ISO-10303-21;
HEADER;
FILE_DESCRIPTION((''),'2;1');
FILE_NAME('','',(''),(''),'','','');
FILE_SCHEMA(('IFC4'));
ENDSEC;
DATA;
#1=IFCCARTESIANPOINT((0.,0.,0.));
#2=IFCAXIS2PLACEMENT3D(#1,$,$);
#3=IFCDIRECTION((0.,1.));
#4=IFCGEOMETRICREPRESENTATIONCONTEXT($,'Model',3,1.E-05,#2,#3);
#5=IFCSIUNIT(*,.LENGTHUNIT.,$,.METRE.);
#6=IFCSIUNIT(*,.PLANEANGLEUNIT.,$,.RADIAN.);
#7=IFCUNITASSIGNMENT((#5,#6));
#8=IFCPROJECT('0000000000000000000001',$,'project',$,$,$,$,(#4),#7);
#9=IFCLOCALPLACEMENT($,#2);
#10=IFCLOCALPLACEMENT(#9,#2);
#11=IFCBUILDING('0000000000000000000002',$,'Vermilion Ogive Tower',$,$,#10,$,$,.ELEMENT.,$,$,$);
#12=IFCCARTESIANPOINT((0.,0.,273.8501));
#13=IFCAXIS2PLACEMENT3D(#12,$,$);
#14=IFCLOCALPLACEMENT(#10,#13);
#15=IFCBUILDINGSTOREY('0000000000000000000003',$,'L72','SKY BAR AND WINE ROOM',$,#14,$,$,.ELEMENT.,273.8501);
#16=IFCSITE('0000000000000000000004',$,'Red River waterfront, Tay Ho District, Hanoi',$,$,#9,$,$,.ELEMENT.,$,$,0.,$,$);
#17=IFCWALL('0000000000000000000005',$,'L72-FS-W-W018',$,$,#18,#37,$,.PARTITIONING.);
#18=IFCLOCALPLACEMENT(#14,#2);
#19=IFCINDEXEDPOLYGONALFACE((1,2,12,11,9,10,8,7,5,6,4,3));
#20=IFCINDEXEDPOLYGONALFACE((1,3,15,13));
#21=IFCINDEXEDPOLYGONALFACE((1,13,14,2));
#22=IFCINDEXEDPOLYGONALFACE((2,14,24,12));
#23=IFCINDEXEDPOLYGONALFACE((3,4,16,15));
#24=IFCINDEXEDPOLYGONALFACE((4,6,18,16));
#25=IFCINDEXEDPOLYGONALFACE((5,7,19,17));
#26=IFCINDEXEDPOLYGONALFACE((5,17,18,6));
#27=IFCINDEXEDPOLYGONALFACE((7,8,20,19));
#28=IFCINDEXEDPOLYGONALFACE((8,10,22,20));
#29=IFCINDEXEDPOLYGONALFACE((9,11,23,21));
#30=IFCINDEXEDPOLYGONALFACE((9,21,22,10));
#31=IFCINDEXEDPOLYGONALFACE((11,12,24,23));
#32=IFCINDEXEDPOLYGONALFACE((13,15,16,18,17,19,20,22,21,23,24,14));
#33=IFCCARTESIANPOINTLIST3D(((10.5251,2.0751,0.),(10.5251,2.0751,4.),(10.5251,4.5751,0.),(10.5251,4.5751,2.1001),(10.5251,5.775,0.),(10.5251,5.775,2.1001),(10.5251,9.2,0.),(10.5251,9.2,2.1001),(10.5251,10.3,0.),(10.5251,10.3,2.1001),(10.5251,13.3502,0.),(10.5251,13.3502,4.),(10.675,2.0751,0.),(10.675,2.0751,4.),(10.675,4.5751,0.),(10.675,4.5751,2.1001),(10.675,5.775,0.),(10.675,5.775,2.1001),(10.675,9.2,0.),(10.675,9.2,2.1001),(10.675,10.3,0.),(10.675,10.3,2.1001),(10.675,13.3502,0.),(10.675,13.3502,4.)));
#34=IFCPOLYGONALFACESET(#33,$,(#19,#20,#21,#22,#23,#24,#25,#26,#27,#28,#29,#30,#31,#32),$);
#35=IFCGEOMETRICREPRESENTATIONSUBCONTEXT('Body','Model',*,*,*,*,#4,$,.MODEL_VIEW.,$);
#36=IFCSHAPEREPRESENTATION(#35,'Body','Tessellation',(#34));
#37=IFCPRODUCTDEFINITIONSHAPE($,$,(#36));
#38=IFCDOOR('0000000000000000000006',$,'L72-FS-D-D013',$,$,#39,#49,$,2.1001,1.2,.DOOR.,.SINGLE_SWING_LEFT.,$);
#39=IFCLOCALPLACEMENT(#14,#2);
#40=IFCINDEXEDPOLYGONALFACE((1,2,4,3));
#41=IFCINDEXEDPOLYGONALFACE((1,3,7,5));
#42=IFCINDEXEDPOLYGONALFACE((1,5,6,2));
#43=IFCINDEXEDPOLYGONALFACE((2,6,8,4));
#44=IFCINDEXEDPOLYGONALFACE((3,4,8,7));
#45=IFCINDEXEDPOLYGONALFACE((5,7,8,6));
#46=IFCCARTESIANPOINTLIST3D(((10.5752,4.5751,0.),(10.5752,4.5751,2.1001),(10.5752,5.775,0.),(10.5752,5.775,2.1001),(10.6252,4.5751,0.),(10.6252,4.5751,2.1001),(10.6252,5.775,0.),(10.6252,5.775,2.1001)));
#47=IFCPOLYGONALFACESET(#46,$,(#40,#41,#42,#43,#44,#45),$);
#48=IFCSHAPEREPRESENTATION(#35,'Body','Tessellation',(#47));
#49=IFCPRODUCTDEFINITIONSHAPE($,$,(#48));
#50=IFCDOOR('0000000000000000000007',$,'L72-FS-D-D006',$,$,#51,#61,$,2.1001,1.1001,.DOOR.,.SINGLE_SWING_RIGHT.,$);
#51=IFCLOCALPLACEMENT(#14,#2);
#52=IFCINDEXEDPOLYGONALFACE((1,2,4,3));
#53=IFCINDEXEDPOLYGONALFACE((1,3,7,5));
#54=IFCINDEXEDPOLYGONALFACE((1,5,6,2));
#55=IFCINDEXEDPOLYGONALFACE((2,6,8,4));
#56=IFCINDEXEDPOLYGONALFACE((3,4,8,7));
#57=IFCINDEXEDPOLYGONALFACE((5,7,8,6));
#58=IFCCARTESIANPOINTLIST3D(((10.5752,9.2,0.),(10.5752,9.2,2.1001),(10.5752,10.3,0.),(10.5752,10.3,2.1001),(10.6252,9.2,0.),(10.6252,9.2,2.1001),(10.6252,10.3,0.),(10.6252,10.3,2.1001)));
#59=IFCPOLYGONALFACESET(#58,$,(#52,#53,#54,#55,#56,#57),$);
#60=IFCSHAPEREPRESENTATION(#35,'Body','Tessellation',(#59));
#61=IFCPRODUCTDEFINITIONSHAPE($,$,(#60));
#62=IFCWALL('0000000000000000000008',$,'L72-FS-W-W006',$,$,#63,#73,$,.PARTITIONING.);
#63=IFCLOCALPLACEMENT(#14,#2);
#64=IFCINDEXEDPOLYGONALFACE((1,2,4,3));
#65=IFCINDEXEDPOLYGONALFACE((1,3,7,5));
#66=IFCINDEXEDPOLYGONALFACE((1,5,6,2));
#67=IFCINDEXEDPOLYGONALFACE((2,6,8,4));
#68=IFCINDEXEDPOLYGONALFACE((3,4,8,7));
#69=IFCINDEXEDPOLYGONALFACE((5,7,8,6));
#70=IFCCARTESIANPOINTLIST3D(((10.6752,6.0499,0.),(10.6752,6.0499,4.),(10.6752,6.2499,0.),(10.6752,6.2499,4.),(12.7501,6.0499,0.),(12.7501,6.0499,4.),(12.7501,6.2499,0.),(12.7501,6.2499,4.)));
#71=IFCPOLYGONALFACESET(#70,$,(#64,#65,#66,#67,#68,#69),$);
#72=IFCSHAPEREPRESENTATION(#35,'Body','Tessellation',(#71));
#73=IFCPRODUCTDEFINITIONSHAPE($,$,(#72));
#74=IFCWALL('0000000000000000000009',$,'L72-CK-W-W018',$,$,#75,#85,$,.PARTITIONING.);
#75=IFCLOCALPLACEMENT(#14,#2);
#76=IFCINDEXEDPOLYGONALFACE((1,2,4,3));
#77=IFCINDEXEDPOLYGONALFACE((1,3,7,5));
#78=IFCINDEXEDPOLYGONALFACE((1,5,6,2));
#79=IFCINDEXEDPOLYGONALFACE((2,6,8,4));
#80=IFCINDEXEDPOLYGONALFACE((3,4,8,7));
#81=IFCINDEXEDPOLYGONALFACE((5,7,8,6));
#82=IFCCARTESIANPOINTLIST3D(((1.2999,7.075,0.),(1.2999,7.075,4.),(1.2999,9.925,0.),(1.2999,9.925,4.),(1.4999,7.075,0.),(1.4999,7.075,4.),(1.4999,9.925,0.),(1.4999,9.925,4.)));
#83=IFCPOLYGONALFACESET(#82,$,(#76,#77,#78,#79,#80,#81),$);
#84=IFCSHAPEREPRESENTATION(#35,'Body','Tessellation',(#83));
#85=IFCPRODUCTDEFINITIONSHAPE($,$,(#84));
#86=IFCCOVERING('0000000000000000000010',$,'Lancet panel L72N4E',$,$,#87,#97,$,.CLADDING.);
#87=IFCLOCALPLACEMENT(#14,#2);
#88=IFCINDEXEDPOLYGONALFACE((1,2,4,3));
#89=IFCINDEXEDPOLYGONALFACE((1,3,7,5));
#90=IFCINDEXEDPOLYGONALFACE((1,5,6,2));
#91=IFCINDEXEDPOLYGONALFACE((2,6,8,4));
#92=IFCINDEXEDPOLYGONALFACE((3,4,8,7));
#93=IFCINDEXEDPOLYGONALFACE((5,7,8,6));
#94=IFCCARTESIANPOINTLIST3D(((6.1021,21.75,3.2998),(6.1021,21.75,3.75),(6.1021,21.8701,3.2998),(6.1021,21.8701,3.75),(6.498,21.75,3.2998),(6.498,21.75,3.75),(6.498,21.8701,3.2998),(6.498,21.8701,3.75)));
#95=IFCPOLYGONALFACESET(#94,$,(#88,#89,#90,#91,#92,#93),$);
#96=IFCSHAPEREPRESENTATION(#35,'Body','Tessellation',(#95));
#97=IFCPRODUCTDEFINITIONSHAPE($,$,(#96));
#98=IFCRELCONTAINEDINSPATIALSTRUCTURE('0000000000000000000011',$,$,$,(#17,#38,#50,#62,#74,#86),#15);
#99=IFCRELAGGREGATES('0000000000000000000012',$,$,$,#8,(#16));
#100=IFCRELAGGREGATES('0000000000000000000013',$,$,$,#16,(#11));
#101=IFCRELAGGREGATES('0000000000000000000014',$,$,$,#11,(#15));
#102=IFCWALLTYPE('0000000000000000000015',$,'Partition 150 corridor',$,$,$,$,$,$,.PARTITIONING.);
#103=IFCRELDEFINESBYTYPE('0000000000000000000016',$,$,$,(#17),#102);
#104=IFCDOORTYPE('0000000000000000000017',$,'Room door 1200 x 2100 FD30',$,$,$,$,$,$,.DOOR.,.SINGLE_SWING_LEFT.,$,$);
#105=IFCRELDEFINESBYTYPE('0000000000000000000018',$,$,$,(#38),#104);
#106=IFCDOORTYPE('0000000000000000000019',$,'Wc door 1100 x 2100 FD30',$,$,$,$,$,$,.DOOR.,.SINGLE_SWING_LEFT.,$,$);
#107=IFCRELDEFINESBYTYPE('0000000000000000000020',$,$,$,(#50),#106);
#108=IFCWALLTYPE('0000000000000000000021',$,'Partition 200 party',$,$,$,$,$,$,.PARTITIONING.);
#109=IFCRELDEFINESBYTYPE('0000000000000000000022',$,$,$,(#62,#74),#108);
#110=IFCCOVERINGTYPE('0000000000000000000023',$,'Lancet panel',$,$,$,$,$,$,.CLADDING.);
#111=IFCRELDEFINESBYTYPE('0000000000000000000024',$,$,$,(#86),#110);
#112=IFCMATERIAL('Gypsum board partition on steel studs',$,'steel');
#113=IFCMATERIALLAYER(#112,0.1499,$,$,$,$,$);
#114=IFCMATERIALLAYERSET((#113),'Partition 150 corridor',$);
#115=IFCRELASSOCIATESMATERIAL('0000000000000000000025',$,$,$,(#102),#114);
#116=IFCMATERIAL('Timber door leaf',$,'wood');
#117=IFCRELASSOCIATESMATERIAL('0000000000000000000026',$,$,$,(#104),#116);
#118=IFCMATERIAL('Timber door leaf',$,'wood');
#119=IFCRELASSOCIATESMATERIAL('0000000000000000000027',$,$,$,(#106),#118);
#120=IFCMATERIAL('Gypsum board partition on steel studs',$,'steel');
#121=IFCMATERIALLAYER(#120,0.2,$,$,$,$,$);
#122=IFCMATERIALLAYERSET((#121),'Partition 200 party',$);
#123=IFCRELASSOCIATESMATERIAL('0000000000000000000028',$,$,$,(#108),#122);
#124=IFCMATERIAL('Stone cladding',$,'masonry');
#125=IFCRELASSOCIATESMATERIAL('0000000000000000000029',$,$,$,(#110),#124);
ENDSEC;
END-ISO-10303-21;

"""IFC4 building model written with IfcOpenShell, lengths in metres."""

from ifc_helpers import new_model, si_unit, direction, frame, frame_2d, origin, place, context, subcontext, project, spatial, polyline, rectangle, outline, extrude, material, layer, layer_set, type_object, element, fill, save


model = new_model("IFC4")

# Units and contexts
model_context = context("Model", 3, precision=1e-05, world=origin(), true_north=direction((0.0, 1.0)))
body_context = subcontext(model_context, "Body", "Model", "MODEL_VIEW")
ifc_project = project(units=[si_unit("LENGTHUNIT", "METRE"), si_unit("PLANEANGLEUNIT", "RADIAN")], contexts=[model_context])

# Site, building, storey
site_placement = place(None, origin())
site = spatial("IfcSite", under=ifc_project, at=site_placement, Name="Red River waterfront, Tay Ho District, Hanoi", CompositionType="ELEMENT", RefElevation=0.0)
building_placement = place(site_placement, origin())
building = spatial("IfcBuilding", under=site, at=building_placement, Name="Vermilion Ogive Tower", CompositionType="ELEMENT")
storey_placement = place(building_placement, frame((0.0, 0.0, 273.8501)))
storey = spatial("IfcBuildingStorey", under=building, at=storey_placement, Name="L72", Description="SKY BAR AND WINE ROOM", CompositionType="ELEMENT", Elevation=273.8501)

# Shared definitions
ifc_material_1 = material(Name="Gypsum board partition on steel studs", Category="steel")
ifc_layer_1 = layer(ifc_material_1, 0.1499)
ifc_layer_set_1 = layer_set([ifc_layer_1], Name="Partition 150 corridor")
wall_type_1 = type_object("IfcWallType", Name="Partition 150 corridor", PredefinedType="PARTITIONING", material=ifc_layer_set_1)

# Wall, openings, doors
wall_1_placement = place(storey_placement, frame((10.6001, 2.075, 0.0), z_axis=(0.0, 0.0, 1.0), x_axis=(0.0, 1.0, 0.0)))
wall_1 = element("IfcWall", 1, at=wall_1_placement, inside=storey, type_object=wall_type_1, Name="L72-FS-W-W018", PredefinedType="PARTITIONING", context=body_context, shape_type="SweptSolid", body=[
    extrude(rectangle(XDim=11.2751, YDim=0.1499, at=frame_2d((5.6377, 0.0))), origin(), (0.0, 0.0, 1.0), 4.0),
])
opening_1_placement = place(wall_1_placement, frame((7.125, 0.0, 0.0)))
opening_1 = element("IfcOpeningElement", 2, at=opening_1_placement, cuts=wall_1, PredefinedType="OPENING", context=body_context, shape_type="SweptSolid", body=[
    extrude(rectangle(XDim=1.1001, YDim=2.1001, at=frame_2d((0.55, 1.05))), frame((0.0, 0.085, 0.0), z_axis=(0.0, -1.0, 0.0), x_axis=(1.0, 0.0, 0.0)), (0.0, 0.0, 1.0), 0.1699),
])
opening_2_placement = place(wall_1_placement, frame((2.5, 0.0, 0.0)))
opening_2 = element("IfcOpeningElement", 3, at=opening_2_placement, cuts=wall_1, PredefinedType="OPENING", context=body_context, shape_type="SweptSolid", body=[
    extrude(rectangle(XDim=1.2, YDim=2.1001, at=frame_2d((0.6001, 1.05))), frame((0.0, 0.085, 0.0), z_axis=(0.0, -1.0, 0.0), x_axis=(1.0, 0.0, 0.0)), (0.0, 0.0, 1.0), 0.1699),
])
ifc_material_2 = material(Name="Timber door leaf", Category="wood")
door_type_1 = type_object("IfcDoorType", Name="Room door 1200 x 2100 FD30", OperationType="SINGLE_SWING_LEFT", PredefinedType="DOOR", material=ifc_material_2)
door_1_placement = place(opening_2_placement, origin())
door_1 = element("IfcDoor", 4, at=door_1_placement, inside=storey, type_object=door_type_1, Name="L72-FS-D-D013", OperationType="SINGLE_SWING_LEFT", OverallHeight=2.1001, OverallWidth=1.2, PredefinedType="DOOR", context=body_context, shape_type="SweptSolid", body=[
    extrude(rectangle(XDim=1.2, YDim=2.1001, at=frame_2d((0.6001, 1.05))), frame((0.0, 0.0249, 0.0), z_axis=(0.0, -1.0, 0.0), x_axis=(1.0, 0.0, 0.0)), (0.0, 0.0, 1.0), 0.05),
])
fill(opening_2, door_1)
ifc_material_3 = material(Name="Timber door leaf", Category="wood")
door_type_2 = type_object("IfcDoorType", Name="Wc door 1100 x 2100 FD30", OperationType="SINGLE_SWING_LEFT", PredefinedType="DOOR", material=ifc_material_3)
door_2_placement = place(opening_1_placement, origin())
door_2 = element("IfcDoor", 5, at=door_2_placement, inside=storey, type_object=door_type_2, Name="L72-FS-D-D006", OperationType="SINGLE_SWING_RIGHT", OverallHeight=2.1001, OverallWidth=1.1001, PredefinedType="DOOR", context=body_context, shape_type="SweptSolid", body=[
    extrude(rectangle(XDim=1.1001, YDim=2.1001, at=frame_2d((0.55, 1.05))), frame((0.0, 0.0249, 0.0), z_axis=(0.0, -1.0, 0.0), x_axis=(1.0, 0.0, 0.0)), (0.0, 0.0, 1.0), 0.05),
])
fill(opening_1, door_2)

# Walls
ifc_material_4 = material(Name="Gypsum board partition on steel studs", Category="steel")
ifc_layer_2 = layer(ifc_material_4, 0.2)
ifc_layer_set_2 = layer_set([ifc_layer_2], Name="Partition 200 party")
wall_type_2 = type_object("IfcWallType", Name="Partition 200 party", PredefinedType="PARTITIONING", material=ifc_layer_set_2)
wall_2_placement = place(storey_placement, frame((10.675, 6.1499, 0.0), z_axis=(0.0, 0.0, 1.0), x_axis=(1.0, 0.0, 0.0)))
element("IfcWall", 6, at=wall_2_placement, inside=storey, type_object=wall_type_2, Name="L72-FS-W-W006", PredefinedType="PARTITIONING", context=body_context, shape_type="SweptSolid", body=[
    extrude(rectangle(XDim=2.075, YDim=0.2, at=frame_2d((1.0376, 0.0))), origin(), (0.0, 0.0, 1.0), 4.0),
])
wall_3_placement = place(storey_placement, frame((1.3999, 7.075, 0.0), z_axis=(0.0, 0.0, 1.0), x_axis=(0.0, 1.0, 0.0)))
element("IfcWall", 7, at=wall_3_placement, inside=storey, type_object=wall_type_2, Name="L72-CK-W-W018", PredefinedType="PARTITIONING", context=body_context, shape_type="SweptSolid", body=[
    extrude(rectangle(XDim=2.8501, YDim=0.2, at=frame_2d((1.425, 0.0))), origin(), (0.0, 0.0, 1.0), 4.0),
])

# Covering
ifc_material_5 = material(Name="Stone cladding", Category="masonry")
covering_type = type_object("IfcCoveringType", Name="Lancet panel", PredefinedType="CLADDING", material=ifc_material_5)
covering_placement = place(storey_placement, frame((0.0, 0.0, 3.2998)))
element("IfcCovering", 8, at=covering_placement, inside=storey, type_object=covering_type, Name="Lancet panel L72N4E", PredefinedType="CLADDING", context=body_context, shape_type="SweptSolid", body=[
    extrude(outline(polyline([(6.1021, 21.75), (6.498, 21.75), (6.498, 21.8701), (6.1021, 21.8701), (6.1021, 21.75)])), origin(), (0.0, 0.0, 1.0), 0.4502),
])

save(model, "model.ifc")
